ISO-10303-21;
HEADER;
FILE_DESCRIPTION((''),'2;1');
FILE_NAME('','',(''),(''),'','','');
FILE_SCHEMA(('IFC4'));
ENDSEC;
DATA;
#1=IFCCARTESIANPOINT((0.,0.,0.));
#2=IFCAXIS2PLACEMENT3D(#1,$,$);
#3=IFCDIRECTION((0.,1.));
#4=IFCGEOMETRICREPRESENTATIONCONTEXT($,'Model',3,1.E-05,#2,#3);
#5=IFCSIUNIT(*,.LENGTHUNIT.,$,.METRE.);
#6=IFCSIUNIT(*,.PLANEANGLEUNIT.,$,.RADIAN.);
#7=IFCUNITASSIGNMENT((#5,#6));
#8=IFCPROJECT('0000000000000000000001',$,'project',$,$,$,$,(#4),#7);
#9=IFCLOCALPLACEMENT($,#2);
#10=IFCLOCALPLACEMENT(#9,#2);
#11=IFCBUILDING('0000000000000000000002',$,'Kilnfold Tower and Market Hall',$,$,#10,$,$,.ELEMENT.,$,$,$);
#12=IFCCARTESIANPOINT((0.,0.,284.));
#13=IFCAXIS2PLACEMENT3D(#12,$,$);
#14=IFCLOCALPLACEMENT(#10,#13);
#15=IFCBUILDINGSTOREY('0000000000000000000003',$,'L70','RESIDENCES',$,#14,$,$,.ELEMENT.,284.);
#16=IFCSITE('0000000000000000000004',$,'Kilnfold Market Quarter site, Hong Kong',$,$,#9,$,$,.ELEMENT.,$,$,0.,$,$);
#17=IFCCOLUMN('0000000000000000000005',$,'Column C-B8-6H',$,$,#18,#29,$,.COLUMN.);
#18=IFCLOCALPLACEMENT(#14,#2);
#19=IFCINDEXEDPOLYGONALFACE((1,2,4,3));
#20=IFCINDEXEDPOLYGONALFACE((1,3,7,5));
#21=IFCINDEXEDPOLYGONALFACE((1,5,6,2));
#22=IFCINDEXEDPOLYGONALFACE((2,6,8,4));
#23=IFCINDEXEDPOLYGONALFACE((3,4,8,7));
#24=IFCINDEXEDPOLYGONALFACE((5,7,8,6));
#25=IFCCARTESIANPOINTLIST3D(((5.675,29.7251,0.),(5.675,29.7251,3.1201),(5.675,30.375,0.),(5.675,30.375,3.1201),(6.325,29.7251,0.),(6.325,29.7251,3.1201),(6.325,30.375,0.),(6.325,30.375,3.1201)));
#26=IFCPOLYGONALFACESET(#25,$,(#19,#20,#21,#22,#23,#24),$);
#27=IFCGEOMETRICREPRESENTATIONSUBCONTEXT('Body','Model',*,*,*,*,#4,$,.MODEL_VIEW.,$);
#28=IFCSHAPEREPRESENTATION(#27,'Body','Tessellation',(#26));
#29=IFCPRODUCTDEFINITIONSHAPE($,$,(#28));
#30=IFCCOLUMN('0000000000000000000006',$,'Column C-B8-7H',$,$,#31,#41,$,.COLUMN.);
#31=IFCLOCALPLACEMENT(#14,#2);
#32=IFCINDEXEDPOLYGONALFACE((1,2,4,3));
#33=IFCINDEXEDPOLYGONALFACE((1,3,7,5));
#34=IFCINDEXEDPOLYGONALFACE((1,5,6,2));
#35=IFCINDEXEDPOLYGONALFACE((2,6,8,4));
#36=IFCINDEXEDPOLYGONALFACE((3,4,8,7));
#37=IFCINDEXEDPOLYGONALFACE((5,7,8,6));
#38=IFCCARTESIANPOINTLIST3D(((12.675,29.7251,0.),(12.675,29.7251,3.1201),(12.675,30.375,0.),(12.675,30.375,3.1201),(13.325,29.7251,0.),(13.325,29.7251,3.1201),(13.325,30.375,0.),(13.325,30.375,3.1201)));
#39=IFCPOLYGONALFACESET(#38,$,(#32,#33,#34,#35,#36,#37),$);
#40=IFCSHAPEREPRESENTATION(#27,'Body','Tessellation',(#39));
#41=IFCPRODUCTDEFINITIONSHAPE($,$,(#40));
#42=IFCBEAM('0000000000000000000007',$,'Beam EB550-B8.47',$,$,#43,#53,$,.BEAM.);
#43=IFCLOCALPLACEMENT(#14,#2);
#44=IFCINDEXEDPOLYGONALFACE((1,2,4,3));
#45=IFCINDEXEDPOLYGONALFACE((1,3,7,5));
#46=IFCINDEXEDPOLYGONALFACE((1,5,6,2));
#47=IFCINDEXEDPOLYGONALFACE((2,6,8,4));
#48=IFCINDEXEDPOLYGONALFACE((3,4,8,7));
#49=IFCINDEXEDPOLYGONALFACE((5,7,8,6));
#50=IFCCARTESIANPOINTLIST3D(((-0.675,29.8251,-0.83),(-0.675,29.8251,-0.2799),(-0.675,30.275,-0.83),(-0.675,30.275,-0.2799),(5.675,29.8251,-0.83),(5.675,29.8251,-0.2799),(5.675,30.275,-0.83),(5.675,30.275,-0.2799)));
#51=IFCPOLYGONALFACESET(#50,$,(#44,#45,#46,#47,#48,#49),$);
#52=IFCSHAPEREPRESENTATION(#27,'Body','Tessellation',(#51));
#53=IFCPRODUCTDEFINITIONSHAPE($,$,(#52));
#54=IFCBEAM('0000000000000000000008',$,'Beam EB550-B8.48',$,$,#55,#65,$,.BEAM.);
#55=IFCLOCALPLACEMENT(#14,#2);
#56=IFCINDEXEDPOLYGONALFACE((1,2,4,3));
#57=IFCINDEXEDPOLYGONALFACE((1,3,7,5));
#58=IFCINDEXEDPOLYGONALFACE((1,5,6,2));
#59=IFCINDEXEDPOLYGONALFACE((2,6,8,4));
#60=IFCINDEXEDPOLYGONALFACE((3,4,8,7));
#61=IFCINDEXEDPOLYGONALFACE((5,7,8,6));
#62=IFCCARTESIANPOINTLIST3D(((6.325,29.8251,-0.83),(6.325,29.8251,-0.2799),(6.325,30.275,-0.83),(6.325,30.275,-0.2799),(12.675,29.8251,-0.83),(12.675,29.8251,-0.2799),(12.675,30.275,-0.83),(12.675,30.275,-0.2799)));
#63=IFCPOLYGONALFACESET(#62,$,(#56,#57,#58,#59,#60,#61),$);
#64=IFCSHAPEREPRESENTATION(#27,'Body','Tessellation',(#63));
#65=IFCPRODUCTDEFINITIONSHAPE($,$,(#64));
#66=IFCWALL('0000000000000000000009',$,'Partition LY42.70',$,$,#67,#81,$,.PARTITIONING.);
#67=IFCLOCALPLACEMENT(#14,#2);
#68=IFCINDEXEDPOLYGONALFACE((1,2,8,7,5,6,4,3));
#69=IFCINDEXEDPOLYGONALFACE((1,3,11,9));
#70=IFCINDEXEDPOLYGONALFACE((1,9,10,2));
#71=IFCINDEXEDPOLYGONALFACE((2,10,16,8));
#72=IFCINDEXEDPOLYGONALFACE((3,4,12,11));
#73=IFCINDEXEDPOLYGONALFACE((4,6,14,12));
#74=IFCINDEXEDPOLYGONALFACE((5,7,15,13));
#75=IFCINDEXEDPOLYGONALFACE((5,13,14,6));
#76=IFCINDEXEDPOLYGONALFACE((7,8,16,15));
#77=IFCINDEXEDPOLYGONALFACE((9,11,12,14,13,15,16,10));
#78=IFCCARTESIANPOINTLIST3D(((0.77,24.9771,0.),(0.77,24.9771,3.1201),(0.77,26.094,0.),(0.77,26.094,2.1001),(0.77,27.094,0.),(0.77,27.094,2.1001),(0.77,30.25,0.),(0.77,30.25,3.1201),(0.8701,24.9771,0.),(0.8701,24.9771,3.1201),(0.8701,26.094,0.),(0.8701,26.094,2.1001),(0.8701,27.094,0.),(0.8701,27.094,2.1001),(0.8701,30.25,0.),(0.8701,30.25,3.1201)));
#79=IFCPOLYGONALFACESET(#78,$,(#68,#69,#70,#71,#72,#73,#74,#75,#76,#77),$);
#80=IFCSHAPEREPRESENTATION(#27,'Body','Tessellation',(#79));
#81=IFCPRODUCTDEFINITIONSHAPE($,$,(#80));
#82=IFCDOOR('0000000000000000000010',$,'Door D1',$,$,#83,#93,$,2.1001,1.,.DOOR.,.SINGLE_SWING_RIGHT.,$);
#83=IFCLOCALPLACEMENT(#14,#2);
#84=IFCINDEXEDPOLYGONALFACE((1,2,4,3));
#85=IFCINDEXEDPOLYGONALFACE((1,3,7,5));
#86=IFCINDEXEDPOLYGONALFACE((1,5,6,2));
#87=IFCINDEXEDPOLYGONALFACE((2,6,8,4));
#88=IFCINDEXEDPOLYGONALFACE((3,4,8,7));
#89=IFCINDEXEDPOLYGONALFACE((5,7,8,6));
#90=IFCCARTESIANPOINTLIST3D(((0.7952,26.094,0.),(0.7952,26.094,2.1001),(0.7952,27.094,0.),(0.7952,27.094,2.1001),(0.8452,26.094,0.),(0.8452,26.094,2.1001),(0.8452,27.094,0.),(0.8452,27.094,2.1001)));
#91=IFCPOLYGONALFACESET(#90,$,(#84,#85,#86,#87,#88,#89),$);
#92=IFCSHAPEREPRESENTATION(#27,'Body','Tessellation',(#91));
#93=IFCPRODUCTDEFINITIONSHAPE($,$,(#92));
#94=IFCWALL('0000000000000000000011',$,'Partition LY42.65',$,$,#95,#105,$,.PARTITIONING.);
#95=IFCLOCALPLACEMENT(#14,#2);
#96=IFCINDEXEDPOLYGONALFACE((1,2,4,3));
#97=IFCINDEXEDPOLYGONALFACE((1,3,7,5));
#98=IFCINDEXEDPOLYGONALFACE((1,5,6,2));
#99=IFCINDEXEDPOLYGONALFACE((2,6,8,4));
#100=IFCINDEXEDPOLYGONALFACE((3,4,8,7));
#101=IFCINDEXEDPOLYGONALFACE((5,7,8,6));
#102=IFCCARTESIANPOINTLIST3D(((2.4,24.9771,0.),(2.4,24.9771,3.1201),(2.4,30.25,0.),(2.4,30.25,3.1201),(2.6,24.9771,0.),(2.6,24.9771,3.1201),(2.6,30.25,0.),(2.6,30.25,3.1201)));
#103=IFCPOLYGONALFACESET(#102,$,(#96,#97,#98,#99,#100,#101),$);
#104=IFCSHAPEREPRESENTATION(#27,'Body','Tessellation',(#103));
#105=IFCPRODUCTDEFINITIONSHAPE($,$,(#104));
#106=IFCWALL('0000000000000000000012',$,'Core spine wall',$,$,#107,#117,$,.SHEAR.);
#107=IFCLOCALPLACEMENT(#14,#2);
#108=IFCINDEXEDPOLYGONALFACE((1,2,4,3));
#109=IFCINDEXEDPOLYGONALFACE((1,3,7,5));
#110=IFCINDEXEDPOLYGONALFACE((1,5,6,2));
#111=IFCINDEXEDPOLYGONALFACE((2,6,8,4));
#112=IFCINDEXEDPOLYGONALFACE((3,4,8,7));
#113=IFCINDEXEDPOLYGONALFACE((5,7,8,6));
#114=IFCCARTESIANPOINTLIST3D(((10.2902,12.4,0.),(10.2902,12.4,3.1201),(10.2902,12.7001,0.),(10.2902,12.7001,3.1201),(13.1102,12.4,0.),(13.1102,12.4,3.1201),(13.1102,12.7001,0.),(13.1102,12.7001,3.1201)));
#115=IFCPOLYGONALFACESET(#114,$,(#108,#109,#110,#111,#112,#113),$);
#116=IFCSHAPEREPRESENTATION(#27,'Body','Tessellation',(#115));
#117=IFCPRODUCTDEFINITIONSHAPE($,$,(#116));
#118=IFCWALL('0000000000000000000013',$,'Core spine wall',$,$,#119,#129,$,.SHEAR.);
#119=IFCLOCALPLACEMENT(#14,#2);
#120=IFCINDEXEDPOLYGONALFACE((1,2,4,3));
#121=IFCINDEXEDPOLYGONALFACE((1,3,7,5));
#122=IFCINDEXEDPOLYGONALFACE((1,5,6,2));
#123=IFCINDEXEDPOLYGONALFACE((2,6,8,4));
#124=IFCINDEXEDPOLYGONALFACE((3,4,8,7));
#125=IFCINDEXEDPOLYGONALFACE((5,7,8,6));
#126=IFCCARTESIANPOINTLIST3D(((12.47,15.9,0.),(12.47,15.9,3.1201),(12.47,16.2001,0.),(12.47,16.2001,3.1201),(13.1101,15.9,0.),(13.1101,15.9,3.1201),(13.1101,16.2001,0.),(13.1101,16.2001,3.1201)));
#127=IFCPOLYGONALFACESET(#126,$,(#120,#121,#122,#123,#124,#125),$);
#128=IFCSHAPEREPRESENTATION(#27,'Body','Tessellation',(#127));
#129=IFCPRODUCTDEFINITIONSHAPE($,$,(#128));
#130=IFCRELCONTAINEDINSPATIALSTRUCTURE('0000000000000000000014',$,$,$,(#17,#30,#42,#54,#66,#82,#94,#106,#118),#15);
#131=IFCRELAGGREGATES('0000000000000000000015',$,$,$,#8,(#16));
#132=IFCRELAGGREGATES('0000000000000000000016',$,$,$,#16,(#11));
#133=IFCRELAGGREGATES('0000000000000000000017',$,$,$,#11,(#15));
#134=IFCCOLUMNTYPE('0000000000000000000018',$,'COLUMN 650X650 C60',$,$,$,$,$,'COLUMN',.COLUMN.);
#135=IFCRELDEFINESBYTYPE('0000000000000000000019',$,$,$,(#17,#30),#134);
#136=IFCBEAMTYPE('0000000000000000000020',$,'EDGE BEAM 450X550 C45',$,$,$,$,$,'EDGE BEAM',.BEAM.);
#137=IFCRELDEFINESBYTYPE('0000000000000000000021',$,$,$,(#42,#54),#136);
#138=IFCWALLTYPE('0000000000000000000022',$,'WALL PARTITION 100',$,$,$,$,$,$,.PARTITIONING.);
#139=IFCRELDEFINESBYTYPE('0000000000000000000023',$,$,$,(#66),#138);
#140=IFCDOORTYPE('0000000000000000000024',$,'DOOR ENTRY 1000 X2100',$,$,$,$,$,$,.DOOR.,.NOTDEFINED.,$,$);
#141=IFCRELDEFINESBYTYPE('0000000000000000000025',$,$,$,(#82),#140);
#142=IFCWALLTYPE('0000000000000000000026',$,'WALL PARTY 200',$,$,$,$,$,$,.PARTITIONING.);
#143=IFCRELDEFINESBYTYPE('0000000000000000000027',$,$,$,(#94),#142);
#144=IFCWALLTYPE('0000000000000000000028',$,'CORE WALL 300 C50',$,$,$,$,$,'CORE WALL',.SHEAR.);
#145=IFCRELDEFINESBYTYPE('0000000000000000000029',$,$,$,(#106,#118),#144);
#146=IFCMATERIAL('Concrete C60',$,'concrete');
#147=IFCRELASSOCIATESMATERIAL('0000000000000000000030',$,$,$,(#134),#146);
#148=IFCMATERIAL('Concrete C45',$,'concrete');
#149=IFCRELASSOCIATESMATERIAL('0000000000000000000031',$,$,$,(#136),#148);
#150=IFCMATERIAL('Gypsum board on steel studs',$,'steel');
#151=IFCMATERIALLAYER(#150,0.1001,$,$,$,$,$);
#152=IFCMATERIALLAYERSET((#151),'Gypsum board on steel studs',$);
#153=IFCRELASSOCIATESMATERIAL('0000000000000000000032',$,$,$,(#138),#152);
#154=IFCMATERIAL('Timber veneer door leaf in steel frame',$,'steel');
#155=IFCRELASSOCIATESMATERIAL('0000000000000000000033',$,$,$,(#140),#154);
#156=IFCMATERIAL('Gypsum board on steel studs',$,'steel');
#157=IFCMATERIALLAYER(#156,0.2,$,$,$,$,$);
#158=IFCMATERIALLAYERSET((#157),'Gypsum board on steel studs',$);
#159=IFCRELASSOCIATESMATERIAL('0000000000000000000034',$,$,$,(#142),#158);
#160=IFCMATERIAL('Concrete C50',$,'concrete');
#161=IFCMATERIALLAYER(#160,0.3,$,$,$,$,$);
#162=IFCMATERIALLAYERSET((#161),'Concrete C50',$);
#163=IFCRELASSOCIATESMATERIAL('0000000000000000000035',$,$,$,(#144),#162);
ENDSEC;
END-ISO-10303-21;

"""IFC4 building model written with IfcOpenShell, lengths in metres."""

from ifc_helpers import new_model, si_unit, direction, frame, frame_2d, origin, origin_2d, place, context, subcontext, project, spatial, rectangle, extrude, source, transform, mapped, material, layer, layer_set, material_profile, profile_set, type_object, element, fill, save


model = new_model("IFC4")

# Units and contexts
model_context = context("Model", 3, precision=1e-05, world=origin(), true_north=direction((0.0, 1.0)))
body_context = subcontext(model_context, "Body", "Model", "MODEL_VIEW")
ifc_project = project(units=[si_unit("LENGTHUNIT", "METRE"), si_unit("PLANEANGLEUNIT", "RADIAN")], contexts=[model_context])

# Site, building, storey
site_placement = place(None, origin())
site = spatial("IfcSite", under=ifc_project, at=site_placement, Name="Kilnfold Market Quarter site, Hong Kong", CompositionType="ELEMENT", RefElevation=0.0)
building_placement = place(site_placement, origin())
building = spatial("IfcBuilding", under=site, at=building_placement, Name="Kilnfold Tower and Market Hall", CompositionType="ELEMENT")
storey_placement = place(building_placement, frame((0.0, 0.0, 284.0)))
storey = spatial("IfcBuildingStorey", under=building, at=storey_placement, Name="L70", Description="RESIDENCES", CompositionType="ELEMENT", Elevation=284.0)

# Columns
ifc_material_1 = material(Name="Concrete C60", Category="concrete")
ifc_material_profile_1 = material_profile(ifc_material_1, rectangle(XDim=0.6499, YDim=0.6499, at=origin_2d()), Name="RC 650x650")
ifc_profile_set_1 = profile_set([ifc_material_profile_1], Name="Concrete C60")
column_type = type_object("IfcColumnType", Name="COLUMN 650X650 C60", ElementType="COLUMN", PredefinedType="COLUMN", material=ifc_profile_set_1)
shared_shape_1 = source(origin(), body_context, "Body", "SweptSolid", [
    extrude(rectangle(XDim=0.6499, YDim=0.6499, at=origin_2d()), origin(), (0.0, 0.0, 1.0), 3.1201),
])
for number, where, z_axis, x_axis, name in (
    (1, (6.0, 30.05, 0.0), (0.0, 0.0, 1.0), (1.0, 0.0, 0.0), "Column C-B8-6H"),
    (2, (13.0, 30.05, 0.0), (0.0, 0.0, 1.0), (1.0, 0.0, 0.0), "Column C-B8-7H"),
):
    element("IfcColumn", number, at=place(storey_placement, frame(where, z_axis=z_axis, x_axis=x_axis)), inside=storey, type_object=column_type, Name=name, PredefinedType="COLUMN", context=body_context, shape_type="MappedRepresentation", body=[
        mapped(shared_shape_1, transform((0.0, 0.0, 0.0))),
    ])

# Beams
ifc_material_2 = material(Name="Concrete C45", Category="concrete")
ifc_material_profile_2 = material_profile(ifc_material_2, rectangle(XDim=0.45, YDim=0.55, at=origin_2d()), Name="RC 450x550")
ifc_profile_set_2 = profile_set([ifc_material_profile_2], Name="Concrete C45")
beam_type = type_object("IfcBeamType", Name="EDGE BEAM 450X550 C45", ElementType="EDGE BEAM", PredefinedType="BEAM", material=ifc_profile_set_2)
shared_shape_2 = source(origin(), body_context, "Body", "SweptSolid", [
    extrude(rectangle(XDim=0.45, YDim=0.55, at=origin_2d()), origin(), (0.0, 0.0, 1.0), 6.3501),
])
for number, where, z_axis, x_axis, name in (
    (3, (-0.675, 30.05, -0.5549), (1.0, 0.0, 0.0), (0.0, 1.0, 0.0), "Beam EB550-B8.47"),
    (4, (6.325, 30.05, -0.5549), (1.0, 0.0, 0.0), (0.0, 1.0, 0.0), "Beam EB550-B8.48"),
):
    element("IfcBeam", number, at=place(storey_placement, frame(where, z_axis=z_axis, x_axis=x_axis)), inside=storey, type_object=beam_type, Name=name, PredefinedType="BEAM", context=body_context, shape_type="MappedRepresentation", body=[
        mapped(shared_shape_2, transform((0.0, 0.0, 0.0))),
    ])

# Wall, opening, door
ifc_material_3 = material(Name="Gypsum board on steel studs", Category="steel")
ifc_layer_1 = layer(ifc_material_3, 0.1001)
ifc_layer_set_1 = layer_set([ifc_layer_1], Name="Gypsum board on steel studs")
wall_type_1 = type_object("IfcWallType", Name="WALL PARTITION 100", PredefinedType="PARTITIONING", material=ifc_layer_set_1)
wall_1_placement = place(storey_placement, frame((0.8201, 24.9771, 0.0), z_axis=(0.0, 0.0, 1.0), x_axis=(0.0, 1.0, 0.0)))
wall_1 = element("IfcWall", 5, at=wall_1_placement, inside=storey, type_object=wall_type_1, Name="Partition LY42.70", PredefinedType="PARTITIONING", context=body_context, shape_type="SweptSolid", body=[
    extrude(rectangle(XDim=5.2729, YDim=0.1001, at=frame_2d((2.6365, 0.0))), origin(), (0.0, 0.0, 1.0), 3.1201),
])
opening_1_placement = place(wall_1_placement, frame((1.1169, 0.0, 0.0)))
opening_1 = element("IfcOpeningElement", 6, at=opening_1_placement, cuts=wall_1, PredefinedType="OPENING", context=body_context, shape_type="SweptSolid", body=[
    extrude(rectangle(XDim=1.0, YDim=2.1001, at=frame_2d((0.5, 1.05))), frame((0.0, 0.0601, 0.0), z_axis=(0.0, -1.0, 0.0), x_axis=(1.0, 0.0, 0.0)), (0.0, 0.0, 1.0), 0.1201),
])
ifc_material_4 = material(Name="Timber veneer door leaf in steel frame", Category="steel")
door_type_1 = type_object("IfcDoorType", Name="DOOR ENTRY 1000 X2100", OperationType="NOTDEFINED", PredefinedType="DOOR", material=ifc_material_4)
door_1_placement = place(opening_1_placement, origin())
door_1 = element("IfcDoor", 7, at=door_1_placement, inside=storey, type_object=door_type_1, Name="Door D1", OperationType="SINGLE_SWING_RIGHT", OverallHeight=2.1001, OverallWidth=1.0, PredefinedType="DOOR", context=body_context, shape_type="SweptSolid", body=[
    extrude(rectangle(XDim=1.0, YDim=2.1001, at=frame_2d((0.5, 1.05))), frame((0.0, 0.0249, 0.0), z_axis=(0.0, -1.0, 0.0), x_axis=(1.0, 0.0, 0.0)), (0.0, 0.0, 1.0), 0.05),
])
fill(opening_1, door_1)

# Walls
ifc_material_5 = material(Name="Gypsum board on steel studs", Category="steel")
ifc_layer_2 = layer(ifc_material_5, 0.2)
ifc_layer_set_2 = layer_set([ifc_layer_2], Name="Gypsum board on steel studs")
wall_type_2 = type_object("IfcWallType", Name="WALL PARTY 200", PredefinedType="PARTITIONING", material=ifc_layer_set_2)
wall_2_placement = place(storey_placement, frame((2.5, 30.25, 0.0), z_axis=(0.0, 0.0, 1.0), x_axis=(0.0, -1.0, 0.0)))
element("IfcWall", 8, at=wall_2_placement, inside=storey, type_object=wall_type_2, Name="Partition LY42.65", PredefinedType="PARTITIONING", context=body_context, shape_type="SweptSolid", body=[
    extrude(rectangle(XDim=5.2729, YDim=0.2, at=frame_2d((2.6365, 0.0))), origin(), (0.0, 0.0, 1.0), 3.1201),
])
ifc_material_6 = material(Name="Concrete C50", Category="concrete")
ifc_layer_3 = layer(ifc_material_6, 0.3)
ifc_layer_set_3 = layer_set([ifc_layer_3], Name="Concrete C50")
wall_type_3 = type_object("IfcWallType", Name="CORE WALL 300 C50", ElementType="CORE WALL", PredefinedType="SHEAR", material=ifc_layer_set_3)
shared_shape_3 = source(origin(), body_context, "Body", "SweptSolid", [
    extrude(rectangle(XDim=2.8201, YDim=0.3, at=frame_2d((1.4102, 0.0))), origin(), (0.0, 0.0, 1.0), 3.1201),
])
wall_3_placement = place(storey_placement, frame((10.29, 12.55, 0.0), z_axis=(0.0, 0.0, 1.0), x_axis=(1.0, 0.0, 0.0)))
element("IfcWall", 9, at=wall_3_placement, inside=storey, type_object=wall_type_3, Name="Core spine wall", PredefinedType="SHEAR", context=body_context, shape_type="MappedRepresentation", body=[
    mapped(shared_shape_3, transform((0.0, 0.0, 0.0))),
])
shared_shape_4 = source(origin(), body_context, "Body", "SweptSolid", [
    extrude(rectangle(XDim=0.6401, YDim=0.3, at=frame_2d((0.3201, 0.0))), origin(), (0.0, 0.0, 1.0), 3.1201),
])
wall_4_placement = place(storey_placement, frame((12.47, 16.05, 0.0), z_axis=(0.0, 0.0, 1.0), x_axis=(1.0, 0.0, 0.0)))
element("IfcWall", 10, at=wall_4_placement, inside=storey, type_object=wall_type_3, Name="Core spine wall", PredefinedType="SHEAR", context=body_context, shape_type="MappedRepresentation", body=[
    mapped(shared_shape_4, transform((0.0, 0.0, 0.0))),
])

save(model, "model.ifc")
